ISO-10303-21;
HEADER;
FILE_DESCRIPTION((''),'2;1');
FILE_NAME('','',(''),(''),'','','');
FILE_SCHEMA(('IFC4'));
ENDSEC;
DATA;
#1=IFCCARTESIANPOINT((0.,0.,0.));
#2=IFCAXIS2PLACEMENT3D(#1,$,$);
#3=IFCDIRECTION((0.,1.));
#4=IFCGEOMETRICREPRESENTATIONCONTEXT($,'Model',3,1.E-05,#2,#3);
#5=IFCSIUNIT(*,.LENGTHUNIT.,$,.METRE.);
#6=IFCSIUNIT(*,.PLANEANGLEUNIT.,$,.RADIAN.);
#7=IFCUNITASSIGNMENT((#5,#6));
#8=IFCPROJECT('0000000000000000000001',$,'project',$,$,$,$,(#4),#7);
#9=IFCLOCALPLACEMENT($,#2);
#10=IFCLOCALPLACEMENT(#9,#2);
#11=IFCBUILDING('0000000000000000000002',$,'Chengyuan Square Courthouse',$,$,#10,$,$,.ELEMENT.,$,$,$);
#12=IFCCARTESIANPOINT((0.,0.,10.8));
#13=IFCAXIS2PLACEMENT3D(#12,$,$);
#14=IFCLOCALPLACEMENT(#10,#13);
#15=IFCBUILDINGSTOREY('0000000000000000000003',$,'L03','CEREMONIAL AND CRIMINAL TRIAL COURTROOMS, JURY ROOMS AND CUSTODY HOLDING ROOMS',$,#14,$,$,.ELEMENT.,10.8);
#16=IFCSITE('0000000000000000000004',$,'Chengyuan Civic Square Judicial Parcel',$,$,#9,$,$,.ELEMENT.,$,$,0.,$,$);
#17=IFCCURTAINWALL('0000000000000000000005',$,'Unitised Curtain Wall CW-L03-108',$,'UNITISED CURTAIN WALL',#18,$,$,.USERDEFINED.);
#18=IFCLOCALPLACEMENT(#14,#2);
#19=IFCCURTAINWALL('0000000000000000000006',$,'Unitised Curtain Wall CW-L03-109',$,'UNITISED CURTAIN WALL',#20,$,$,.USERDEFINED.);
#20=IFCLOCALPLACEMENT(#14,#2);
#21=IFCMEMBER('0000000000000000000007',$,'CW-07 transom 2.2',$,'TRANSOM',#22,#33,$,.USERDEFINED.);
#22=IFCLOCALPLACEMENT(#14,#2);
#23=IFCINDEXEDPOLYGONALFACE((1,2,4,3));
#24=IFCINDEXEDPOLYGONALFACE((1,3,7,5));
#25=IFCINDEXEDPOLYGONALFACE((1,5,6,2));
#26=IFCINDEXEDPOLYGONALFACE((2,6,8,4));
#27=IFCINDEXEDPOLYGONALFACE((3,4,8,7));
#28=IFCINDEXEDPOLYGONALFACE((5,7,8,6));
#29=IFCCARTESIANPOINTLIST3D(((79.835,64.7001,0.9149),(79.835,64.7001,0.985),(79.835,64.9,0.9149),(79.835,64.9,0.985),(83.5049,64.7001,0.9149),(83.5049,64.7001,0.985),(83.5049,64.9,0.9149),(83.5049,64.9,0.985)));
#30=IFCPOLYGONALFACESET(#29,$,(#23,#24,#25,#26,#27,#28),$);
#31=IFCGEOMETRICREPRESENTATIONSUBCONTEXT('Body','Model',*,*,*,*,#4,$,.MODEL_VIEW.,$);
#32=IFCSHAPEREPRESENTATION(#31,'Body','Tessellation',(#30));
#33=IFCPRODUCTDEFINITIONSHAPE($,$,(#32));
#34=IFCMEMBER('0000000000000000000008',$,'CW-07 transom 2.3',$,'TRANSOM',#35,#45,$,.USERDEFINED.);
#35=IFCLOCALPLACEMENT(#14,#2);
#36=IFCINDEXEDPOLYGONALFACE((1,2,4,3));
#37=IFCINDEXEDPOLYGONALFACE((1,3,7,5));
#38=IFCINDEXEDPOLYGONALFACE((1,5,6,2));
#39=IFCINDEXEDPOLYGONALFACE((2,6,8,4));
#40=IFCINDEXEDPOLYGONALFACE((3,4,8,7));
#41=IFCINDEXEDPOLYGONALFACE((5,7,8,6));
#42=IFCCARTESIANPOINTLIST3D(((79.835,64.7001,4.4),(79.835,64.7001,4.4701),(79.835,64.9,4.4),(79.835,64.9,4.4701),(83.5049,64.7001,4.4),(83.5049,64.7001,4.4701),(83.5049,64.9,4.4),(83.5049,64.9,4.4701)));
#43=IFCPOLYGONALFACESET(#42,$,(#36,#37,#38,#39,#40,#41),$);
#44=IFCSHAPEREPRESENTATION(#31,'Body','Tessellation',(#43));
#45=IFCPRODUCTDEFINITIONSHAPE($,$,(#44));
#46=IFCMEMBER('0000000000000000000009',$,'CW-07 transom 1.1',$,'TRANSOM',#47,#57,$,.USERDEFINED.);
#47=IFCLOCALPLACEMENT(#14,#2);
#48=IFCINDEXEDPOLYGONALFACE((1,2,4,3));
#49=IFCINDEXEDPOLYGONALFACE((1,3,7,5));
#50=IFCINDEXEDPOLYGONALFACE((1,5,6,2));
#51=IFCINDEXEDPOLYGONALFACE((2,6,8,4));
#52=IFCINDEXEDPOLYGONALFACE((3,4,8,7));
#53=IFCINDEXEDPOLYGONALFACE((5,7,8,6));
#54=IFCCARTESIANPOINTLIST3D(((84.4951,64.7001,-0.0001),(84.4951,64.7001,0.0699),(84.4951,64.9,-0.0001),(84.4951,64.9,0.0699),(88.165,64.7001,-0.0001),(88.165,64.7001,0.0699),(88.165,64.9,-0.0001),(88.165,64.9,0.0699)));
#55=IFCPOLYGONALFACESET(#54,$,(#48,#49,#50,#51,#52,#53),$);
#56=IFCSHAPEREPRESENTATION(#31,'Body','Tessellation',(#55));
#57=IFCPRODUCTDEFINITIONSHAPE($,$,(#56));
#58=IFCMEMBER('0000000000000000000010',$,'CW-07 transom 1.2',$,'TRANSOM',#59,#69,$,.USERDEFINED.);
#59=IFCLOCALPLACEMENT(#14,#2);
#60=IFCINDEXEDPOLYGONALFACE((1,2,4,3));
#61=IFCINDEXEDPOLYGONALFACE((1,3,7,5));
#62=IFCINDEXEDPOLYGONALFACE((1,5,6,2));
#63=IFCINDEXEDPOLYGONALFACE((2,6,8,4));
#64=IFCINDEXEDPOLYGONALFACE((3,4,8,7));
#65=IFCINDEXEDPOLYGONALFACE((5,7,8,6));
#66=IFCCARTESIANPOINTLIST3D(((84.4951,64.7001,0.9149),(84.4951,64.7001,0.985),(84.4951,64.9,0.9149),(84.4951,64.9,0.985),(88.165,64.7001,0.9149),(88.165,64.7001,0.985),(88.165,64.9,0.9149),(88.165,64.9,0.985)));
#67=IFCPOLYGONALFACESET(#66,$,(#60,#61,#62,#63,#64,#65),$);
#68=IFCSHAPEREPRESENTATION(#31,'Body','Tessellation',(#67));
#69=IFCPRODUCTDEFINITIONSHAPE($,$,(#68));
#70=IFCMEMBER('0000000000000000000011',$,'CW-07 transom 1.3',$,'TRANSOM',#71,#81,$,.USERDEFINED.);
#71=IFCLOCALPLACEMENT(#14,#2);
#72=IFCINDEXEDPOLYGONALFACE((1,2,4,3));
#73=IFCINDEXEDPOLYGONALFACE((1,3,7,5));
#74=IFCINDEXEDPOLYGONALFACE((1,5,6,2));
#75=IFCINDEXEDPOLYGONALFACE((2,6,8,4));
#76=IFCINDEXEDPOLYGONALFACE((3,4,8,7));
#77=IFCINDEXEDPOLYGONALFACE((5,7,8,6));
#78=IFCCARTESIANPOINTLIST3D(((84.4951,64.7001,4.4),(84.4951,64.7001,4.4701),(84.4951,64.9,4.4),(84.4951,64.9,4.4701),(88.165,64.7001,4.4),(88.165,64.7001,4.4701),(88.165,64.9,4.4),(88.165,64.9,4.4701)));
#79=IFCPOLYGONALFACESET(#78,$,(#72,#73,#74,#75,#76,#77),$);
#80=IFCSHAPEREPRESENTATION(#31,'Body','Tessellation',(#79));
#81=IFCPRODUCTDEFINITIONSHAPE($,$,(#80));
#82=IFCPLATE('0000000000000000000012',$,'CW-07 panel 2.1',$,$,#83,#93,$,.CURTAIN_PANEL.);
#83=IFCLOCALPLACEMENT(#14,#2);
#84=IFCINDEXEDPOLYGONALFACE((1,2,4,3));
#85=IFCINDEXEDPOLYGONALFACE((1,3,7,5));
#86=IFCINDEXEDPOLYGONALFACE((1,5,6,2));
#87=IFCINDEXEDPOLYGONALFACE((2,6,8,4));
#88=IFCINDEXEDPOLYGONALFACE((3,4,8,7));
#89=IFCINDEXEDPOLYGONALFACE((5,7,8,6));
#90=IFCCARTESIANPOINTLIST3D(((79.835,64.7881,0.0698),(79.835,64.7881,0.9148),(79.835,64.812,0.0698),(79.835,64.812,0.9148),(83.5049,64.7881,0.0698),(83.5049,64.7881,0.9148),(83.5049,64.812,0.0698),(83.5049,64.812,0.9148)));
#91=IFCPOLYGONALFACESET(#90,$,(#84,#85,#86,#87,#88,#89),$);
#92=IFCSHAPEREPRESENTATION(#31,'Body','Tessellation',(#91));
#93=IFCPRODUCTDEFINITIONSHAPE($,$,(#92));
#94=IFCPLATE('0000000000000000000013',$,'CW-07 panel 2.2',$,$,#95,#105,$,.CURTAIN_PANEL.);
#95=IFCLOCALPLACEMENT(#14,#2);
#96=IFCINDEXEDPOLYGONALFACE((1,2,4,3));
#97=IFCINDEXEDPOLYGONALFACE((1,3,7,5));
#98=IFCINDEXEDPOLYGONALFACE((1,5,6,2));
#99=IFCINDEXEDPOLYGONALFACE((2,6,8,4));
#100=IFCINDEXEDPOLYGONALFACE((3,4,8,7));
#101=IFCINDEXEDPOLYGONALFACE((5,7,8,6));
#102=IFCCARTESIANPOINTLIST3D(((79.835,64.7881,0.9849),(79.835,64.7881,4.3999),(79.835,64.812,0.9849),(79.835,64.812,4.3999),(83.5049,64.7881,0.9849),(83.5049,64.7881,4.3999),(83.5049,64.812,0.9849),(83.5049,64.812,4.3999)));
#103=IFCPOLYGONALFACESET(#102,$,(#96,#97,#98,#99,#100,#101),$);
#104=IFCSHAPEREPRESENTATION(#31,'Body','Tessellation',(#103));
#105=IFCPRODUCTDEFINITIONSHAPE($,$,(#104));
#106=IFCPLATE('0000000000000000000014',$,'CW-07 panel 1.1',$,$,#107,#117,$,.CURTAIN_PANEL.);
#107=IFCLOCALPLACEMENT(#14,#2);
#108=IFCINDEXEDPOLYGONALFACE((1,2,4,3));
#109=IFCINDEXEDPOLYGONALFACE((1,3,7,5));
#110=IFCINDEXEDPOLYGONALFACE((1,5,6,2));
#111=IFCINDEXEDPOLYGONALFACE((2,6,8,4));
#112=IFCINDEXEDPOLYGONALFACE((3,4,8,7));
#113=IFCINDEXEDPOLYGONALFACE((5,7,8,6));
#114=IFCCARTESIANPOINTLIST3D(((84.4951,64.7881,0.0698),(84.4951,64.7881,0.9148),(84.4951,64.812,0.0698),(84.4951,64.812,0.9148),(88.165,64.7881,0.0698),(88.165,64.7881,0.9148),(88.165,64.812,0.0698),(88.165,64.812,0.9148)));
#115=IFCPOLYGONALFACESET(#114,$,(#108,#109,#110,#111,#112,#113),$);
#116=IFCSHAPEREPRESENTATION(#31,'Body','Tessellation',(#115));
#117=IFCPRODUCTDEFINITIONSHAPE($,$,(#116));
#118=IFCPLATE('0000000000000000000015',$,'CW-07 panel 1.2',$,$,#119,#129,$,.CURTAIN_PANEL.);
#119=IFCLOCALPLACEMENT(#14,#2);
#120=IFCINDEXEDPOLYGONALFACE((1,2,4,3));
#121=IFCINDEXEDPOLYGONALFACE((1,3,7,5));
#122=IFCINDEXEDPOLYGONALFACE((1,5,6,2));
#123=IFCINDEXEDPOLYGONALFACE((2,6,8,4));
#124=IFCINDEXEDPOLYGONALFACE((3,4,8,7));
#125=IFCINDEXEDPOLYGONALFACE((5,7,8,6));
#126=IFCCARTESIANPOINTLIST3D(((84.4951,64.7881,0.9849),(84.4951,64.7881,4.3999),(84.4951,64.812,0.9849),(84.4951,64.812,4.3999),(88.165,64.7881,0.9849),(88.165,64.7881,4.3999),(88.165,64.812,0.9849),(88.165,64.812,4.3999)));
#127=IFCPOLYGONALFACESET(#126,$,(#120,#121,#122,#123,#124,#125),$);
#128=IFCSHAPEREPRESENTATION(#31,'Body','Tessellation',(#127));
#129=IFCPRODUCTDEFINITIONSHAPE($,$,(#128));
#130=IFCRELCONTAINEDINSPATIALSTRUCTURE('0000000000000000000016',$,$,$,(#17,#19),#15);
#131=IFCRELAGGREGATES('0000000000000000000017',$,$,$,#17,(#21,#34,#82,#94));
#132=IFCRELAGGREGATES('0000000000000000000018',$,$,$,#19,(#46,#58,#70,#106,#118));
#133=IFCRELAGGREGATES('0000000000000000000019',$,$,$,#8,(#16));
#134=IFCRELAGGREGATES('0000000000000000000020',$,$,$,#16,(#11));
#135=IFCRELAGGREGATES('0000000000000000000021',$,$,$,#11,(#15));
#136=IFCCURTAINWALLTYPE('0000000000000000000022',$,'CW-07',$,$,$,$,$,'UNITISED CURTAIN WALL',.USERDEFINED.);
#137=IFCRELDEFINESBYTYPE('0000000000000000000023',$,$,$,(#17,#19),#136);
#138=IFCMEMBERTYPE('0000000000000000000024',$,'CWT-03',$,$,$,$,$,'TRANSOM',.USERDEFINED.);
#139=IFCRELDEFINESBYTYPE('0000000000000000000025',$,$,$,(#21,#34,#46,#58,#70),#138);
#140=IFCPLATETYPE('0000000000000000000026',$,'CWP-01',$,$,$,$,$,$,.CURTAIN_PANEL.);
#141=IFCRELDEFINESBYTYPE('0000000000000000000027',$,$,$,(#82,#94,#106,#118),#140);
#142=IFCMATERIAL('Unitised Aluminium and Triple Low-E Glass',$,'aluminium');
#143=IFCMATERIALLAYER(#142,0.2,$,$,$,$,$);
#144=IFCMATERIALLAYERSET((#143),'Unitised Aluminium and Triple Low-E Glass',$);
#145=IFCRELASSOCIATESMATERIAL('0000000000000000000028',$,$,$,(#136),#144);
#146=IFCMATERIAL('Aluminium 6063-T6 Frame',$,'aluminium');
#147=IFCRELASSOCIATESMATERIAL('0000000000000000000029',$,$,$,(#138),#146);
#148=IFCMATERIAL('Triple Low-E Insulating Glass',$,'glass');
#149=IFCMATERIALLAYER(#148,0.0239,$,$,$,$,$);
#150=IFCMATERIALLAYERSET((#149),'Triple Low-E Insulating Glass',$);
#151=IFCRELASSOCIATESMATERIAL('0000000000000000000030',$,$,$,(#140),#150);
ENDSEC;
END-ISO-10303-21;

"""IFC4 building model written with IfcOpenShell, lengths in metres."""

from ifc_helpers import new_model, si_unit, direction, frame, origin, origin_2d, place, context, subcontext, project, spatial, rectangle, extrude, material, layer, layer_set, material_profile, profile_set, type_object, element, aggregate, save


model = new_model("IFC4")

# Units and contexts
model_context = context("Model", 3, precision=1e-05, world=origin(), true_north=direction((0.0, 1.0)))
body_context = subcontext(model_context, "Body", "Model", "MODEL_VIEW")
ifc_project = project(units=[si_unit("LENGTHUNIT", "METRE"), si_unit("PLANEANGLEUNIT", "RADIAN")], contexts=[model_context])

# Site, building, storey
site_placement = place(None, origin())
site = spatial("IfcSite", under=ifc_project, at=site_placement, Name="Chengyuan Civic Square Judicial Parcel", CompositionType="ELEMENT", RefElevation=0.0)
building_placement = place(site_placement, origin())
building = spatial("IfcBuilding", under=site, at=building_placement, Name="Chengyuan Square Courthouse", CompositionType="ELEMENT")
storey_placement = place(building_placement, frame((0.0, 0.0, 10.8)))
storey = spatial("IfcBuildingStorey", under=building, at=storey_placement, Name="L03", Description="CEREMONIAL AND CRIMINAL TRIAL COURTROOMS, JURY ROOMS AND CUSTODY HOLDING ROOMS", CompositionType="ELEMENT", Elevation=10.8)

# Curtain walls
ifc_material_1 = material(Name="Unitised Aluminium and Triple Low-E Glass", Category="aluminium")
ifc_layer_1 = layer(ifc_material_1, 0.2)
ifc_layer_set_1 = layer_set([ifc_layer_1], Name="Unitised Aluminium and Triple Low-E Glass")
curtain_wall_type = type_object("IfcCurtainWallType", Name="CW-07", ElementType="UNITISED CURTAIN WALL", PredefinedType="USERDEFINED", material=ifc_layer_set_1)
curtain_wall_1_placement = place(storey_placement, origin())
curtain_wall_1 = element("IfcCurtainWall", 1, at=curtain_wall_1_placement, inside=storey, type_object=curtain_wall_type, Name="Unitised Curtain Wall CW-L03-108", ObjectType="UNITISED CURTAIN WALL", PredefinedType="USERDEFINED")
ifc_material_2 = material(Name="Aluminium 6063-T6 Frame", Category="aluminium")
curtain_wall_2_placement = place(storey_placement, origin())
curtain_wall_2 = element("IfcCurtainWall", 2, at=curtain_wall_2_placement, inside=storey, type_object=curtain_wall_type, Name="Unitised Curtain Wall CW-L03-109", ObjectType="UNITISED CURTAIN WALL", PredefinedType="USERDEFINED")

# Members
ifc_material_profile_1 = material_profile(ifc_material_2, rectangle(XDim=0.2, YDim=0.0701, at=origin_2d()), Name="CW-TRN-70x160")
ifc_profile_set_1 = profile_set([ifc_material_profile_1], Name="Aluminium 6063-T6 Frame")
member_type_1 = type_object("IfcMemberType", Name="CWT-03", ElementType="TRANSOM", PredefinedType="USERDEFINED", material=ifc_profile_set_1)
member_1_placement = place(storey_placement, frame((79.835, 64.8, 0.95), z_axis=(1.0, 0.0, 0.0), x_axis=(0.0, 1.0, 0.0)))
member_1 = element("IfcMember", 3, at=member_1_placement, type_object=member_type_1, Name="CW-07 transom 2.2", ObjectType="TRANSOM", PredefinedType="USERDEFINED", context=body_context, shape_type="SweptSolid", body=[
    extrude(rectangle(XDim=0.2, YDim=0.0701, at=origin_2d()), origin(), (0.0, 0.0, 1.0), 3.6699),
])
member_2_placement = place(storey_placement, frame((79.835, 64.8, 4.4351), z_axis=(1.0, 0.0, 0.0), x_axis=(0.0, 1.0, 0.0)))
member_2 = element("IfcMember", 4, at=member_2_placement, type_object=member_type_1, Name="CW-07 transom 2.3", ObjectType="TRANSOM", PredefinedType="USERDEFINED", context=body_context, shape_type="SweptSolid", body=[
    extrude(rectangle(XDim=0.2, YDim=0.0701, at=origin_2d()), origin(), (0.0, 0.0, 1.0), 3.6699),
])
member_3_placement = place(storey_placement, frame((84.4951, 64.8, 0.0349), z_axis=(1.0, 0.0, 0.0), x_axis=(0.0, 1.0, 0.0)))
member_3 = element("IfcMember", 5, at=member_3_placement, type_object=member_type_1, Name="CW-07 transom 1.1", ObjectType="TRANSOM", PredefinedType="USERDEFINED", context=body_context, shape_type="SweptSolid", body=[
    extrude(rectangle(XDim=0.2, YDim=0.0701, at=origin_2d()), origin(), (0.0, 0.0, 1.0), 3.6699),
])
member_4_placement = place(storey_placement, frame((84.4951, 64.8, 0.95), z_axis=(1.0, 0.0, 0.0), x_axis=(0.0, 1.0, 0.0)))
member_4 = element("IfcMember", 6, at=member_4_placement, type_object=member_type_1, Name="CW-07 transom 1.2", ObjectType="TRANSOM", PredefinedType="USERDEFINED", context=body_context, shape_type="SweptSolid", body=[
    extrude(rectangle(XDim=0.2, YDim=0.0701, at=origin_2d()), origin(), (0.0, 0.0, 1.0), 3.6699),
])
member_5_placement = place(storey_placement, frame((84.4951, 64.8, 4.4351), z_axis=(1.0, 0.0, 0.0), x_axis=(0.0, 1.0, 0.0)))
member_5 = element("IfcMember", 7, at=member_5_placement, type_object=member_type_1, Name="CW-07 transom 1.3", ObjectType="TRANSOM", PredefinedType="USERDEFINED", context=body_context, shape_type="SweptSolid", body=[
    extrude(rectangle(XDim=0.2, YDim=0.0701, at=origin_2d()), origin(), (0.0, 0.0, 1.0), 3.6699),
])

# Plates
ifc_material_3 = material(Name="Triple Low-E Insulating Glass", Category="glass")
ifc_layer_2 = layer(ifc_material_3, 0.0239)
ifc_layer_set_2 = layer_set([ifc_layer_2], Name="Triple Low-E Insulating Glass")
plate_type = type_object("IfcPlateType", Name="CWP-01", PredefinedType="CURTAIN_PANEL", material=ifc_layer_set_2)
plate_1_placement = place(storey_placement, frame((81.6699, 64.8, 0.0698), z_axis=(0.0, 0.0, 1.0), x_axis=(1.0, 0.0, 0.0)))
plate_1 = element("IfcPlate", 8, at=plate_1_placement, type_object=plate_type, Name="CW-07 panel 2.1", PredefinedType="CURTAIN_PANEL", context=body_context, shape_type="SweptSolid", body=[
    extrude(rectangle(XDim=3.6699, YDim=0.0239, at=origin_2d()), origin(), (0.0, 0.0, 1.0), 0.845),
])
plate_2_placement = place(storey_placement, frame((81.6699, 64.8, 0.9849), z_axis=(0.0, 0.0, 1.0), x_axis=(1.0, 0.0, 0.0)))
plate_2 = element("IfcPlate", 9, at=plate_2_placement, type_object=plate_type, Name="CW-07 panel 2.2", PredefinedType="CURTAIN_PANEL", context=body_context, shape_type="SweptSolid", body=[
    extrude(rectangle(XDim=3.6699, YDim=0.0239, at=origin_2d()), origin(), (0.0, 0.0, 1.0), 3.415),
])
aggregate(curtain_wall_1, [member_1, member_2, plate_1, plate_2])
plate_3_placement = place(storey_placement, frame((86.3301, 64.8, 0.0698), z_axis=(0.0, 0.0, 1.0), x_axis=(1.0, 0.0, 0.0)))
plate_3 = element("IfcPlate", 10, at=plate_3_placement, type_object=plate_type, Name="CW-07 panel 1.1", PredefinedType="CURTAIN_PANEL", context=body_context, shape_type="SweptSolid", body=[
    extrude(rectangle(XDim=3.6699, YDim=0.0239, at=origin_2d()), origin(), (0.0, 0.0, 1.0), 0.845),
])
plate_4_placement = place(storey_placement, frame((86.3301, 64.8, 0.9849), z_axis=(0.0, 0.0, 1.0), x_axis=(1.0, 0.0, 0.0)))
plate_4 = element("IfcPlate", 11, at=plate_4_placement, type_object=plate_type, Name="CW-07 panel 1.2", PredefinedType="CURTAIN_PANEL", context=body_context, shape_type="SweptSolid", body=[
    extrude(rectangle(XDim=3.6699, YDim=0.0239, at=origin_2d()), origin(), (0.0, 0.0, 1.0), 3.415),
])
aggregate(curtain_wall_2, [member_3, member_4, member_5, plate_3, plate_4])

save(model, "model.ifc")
